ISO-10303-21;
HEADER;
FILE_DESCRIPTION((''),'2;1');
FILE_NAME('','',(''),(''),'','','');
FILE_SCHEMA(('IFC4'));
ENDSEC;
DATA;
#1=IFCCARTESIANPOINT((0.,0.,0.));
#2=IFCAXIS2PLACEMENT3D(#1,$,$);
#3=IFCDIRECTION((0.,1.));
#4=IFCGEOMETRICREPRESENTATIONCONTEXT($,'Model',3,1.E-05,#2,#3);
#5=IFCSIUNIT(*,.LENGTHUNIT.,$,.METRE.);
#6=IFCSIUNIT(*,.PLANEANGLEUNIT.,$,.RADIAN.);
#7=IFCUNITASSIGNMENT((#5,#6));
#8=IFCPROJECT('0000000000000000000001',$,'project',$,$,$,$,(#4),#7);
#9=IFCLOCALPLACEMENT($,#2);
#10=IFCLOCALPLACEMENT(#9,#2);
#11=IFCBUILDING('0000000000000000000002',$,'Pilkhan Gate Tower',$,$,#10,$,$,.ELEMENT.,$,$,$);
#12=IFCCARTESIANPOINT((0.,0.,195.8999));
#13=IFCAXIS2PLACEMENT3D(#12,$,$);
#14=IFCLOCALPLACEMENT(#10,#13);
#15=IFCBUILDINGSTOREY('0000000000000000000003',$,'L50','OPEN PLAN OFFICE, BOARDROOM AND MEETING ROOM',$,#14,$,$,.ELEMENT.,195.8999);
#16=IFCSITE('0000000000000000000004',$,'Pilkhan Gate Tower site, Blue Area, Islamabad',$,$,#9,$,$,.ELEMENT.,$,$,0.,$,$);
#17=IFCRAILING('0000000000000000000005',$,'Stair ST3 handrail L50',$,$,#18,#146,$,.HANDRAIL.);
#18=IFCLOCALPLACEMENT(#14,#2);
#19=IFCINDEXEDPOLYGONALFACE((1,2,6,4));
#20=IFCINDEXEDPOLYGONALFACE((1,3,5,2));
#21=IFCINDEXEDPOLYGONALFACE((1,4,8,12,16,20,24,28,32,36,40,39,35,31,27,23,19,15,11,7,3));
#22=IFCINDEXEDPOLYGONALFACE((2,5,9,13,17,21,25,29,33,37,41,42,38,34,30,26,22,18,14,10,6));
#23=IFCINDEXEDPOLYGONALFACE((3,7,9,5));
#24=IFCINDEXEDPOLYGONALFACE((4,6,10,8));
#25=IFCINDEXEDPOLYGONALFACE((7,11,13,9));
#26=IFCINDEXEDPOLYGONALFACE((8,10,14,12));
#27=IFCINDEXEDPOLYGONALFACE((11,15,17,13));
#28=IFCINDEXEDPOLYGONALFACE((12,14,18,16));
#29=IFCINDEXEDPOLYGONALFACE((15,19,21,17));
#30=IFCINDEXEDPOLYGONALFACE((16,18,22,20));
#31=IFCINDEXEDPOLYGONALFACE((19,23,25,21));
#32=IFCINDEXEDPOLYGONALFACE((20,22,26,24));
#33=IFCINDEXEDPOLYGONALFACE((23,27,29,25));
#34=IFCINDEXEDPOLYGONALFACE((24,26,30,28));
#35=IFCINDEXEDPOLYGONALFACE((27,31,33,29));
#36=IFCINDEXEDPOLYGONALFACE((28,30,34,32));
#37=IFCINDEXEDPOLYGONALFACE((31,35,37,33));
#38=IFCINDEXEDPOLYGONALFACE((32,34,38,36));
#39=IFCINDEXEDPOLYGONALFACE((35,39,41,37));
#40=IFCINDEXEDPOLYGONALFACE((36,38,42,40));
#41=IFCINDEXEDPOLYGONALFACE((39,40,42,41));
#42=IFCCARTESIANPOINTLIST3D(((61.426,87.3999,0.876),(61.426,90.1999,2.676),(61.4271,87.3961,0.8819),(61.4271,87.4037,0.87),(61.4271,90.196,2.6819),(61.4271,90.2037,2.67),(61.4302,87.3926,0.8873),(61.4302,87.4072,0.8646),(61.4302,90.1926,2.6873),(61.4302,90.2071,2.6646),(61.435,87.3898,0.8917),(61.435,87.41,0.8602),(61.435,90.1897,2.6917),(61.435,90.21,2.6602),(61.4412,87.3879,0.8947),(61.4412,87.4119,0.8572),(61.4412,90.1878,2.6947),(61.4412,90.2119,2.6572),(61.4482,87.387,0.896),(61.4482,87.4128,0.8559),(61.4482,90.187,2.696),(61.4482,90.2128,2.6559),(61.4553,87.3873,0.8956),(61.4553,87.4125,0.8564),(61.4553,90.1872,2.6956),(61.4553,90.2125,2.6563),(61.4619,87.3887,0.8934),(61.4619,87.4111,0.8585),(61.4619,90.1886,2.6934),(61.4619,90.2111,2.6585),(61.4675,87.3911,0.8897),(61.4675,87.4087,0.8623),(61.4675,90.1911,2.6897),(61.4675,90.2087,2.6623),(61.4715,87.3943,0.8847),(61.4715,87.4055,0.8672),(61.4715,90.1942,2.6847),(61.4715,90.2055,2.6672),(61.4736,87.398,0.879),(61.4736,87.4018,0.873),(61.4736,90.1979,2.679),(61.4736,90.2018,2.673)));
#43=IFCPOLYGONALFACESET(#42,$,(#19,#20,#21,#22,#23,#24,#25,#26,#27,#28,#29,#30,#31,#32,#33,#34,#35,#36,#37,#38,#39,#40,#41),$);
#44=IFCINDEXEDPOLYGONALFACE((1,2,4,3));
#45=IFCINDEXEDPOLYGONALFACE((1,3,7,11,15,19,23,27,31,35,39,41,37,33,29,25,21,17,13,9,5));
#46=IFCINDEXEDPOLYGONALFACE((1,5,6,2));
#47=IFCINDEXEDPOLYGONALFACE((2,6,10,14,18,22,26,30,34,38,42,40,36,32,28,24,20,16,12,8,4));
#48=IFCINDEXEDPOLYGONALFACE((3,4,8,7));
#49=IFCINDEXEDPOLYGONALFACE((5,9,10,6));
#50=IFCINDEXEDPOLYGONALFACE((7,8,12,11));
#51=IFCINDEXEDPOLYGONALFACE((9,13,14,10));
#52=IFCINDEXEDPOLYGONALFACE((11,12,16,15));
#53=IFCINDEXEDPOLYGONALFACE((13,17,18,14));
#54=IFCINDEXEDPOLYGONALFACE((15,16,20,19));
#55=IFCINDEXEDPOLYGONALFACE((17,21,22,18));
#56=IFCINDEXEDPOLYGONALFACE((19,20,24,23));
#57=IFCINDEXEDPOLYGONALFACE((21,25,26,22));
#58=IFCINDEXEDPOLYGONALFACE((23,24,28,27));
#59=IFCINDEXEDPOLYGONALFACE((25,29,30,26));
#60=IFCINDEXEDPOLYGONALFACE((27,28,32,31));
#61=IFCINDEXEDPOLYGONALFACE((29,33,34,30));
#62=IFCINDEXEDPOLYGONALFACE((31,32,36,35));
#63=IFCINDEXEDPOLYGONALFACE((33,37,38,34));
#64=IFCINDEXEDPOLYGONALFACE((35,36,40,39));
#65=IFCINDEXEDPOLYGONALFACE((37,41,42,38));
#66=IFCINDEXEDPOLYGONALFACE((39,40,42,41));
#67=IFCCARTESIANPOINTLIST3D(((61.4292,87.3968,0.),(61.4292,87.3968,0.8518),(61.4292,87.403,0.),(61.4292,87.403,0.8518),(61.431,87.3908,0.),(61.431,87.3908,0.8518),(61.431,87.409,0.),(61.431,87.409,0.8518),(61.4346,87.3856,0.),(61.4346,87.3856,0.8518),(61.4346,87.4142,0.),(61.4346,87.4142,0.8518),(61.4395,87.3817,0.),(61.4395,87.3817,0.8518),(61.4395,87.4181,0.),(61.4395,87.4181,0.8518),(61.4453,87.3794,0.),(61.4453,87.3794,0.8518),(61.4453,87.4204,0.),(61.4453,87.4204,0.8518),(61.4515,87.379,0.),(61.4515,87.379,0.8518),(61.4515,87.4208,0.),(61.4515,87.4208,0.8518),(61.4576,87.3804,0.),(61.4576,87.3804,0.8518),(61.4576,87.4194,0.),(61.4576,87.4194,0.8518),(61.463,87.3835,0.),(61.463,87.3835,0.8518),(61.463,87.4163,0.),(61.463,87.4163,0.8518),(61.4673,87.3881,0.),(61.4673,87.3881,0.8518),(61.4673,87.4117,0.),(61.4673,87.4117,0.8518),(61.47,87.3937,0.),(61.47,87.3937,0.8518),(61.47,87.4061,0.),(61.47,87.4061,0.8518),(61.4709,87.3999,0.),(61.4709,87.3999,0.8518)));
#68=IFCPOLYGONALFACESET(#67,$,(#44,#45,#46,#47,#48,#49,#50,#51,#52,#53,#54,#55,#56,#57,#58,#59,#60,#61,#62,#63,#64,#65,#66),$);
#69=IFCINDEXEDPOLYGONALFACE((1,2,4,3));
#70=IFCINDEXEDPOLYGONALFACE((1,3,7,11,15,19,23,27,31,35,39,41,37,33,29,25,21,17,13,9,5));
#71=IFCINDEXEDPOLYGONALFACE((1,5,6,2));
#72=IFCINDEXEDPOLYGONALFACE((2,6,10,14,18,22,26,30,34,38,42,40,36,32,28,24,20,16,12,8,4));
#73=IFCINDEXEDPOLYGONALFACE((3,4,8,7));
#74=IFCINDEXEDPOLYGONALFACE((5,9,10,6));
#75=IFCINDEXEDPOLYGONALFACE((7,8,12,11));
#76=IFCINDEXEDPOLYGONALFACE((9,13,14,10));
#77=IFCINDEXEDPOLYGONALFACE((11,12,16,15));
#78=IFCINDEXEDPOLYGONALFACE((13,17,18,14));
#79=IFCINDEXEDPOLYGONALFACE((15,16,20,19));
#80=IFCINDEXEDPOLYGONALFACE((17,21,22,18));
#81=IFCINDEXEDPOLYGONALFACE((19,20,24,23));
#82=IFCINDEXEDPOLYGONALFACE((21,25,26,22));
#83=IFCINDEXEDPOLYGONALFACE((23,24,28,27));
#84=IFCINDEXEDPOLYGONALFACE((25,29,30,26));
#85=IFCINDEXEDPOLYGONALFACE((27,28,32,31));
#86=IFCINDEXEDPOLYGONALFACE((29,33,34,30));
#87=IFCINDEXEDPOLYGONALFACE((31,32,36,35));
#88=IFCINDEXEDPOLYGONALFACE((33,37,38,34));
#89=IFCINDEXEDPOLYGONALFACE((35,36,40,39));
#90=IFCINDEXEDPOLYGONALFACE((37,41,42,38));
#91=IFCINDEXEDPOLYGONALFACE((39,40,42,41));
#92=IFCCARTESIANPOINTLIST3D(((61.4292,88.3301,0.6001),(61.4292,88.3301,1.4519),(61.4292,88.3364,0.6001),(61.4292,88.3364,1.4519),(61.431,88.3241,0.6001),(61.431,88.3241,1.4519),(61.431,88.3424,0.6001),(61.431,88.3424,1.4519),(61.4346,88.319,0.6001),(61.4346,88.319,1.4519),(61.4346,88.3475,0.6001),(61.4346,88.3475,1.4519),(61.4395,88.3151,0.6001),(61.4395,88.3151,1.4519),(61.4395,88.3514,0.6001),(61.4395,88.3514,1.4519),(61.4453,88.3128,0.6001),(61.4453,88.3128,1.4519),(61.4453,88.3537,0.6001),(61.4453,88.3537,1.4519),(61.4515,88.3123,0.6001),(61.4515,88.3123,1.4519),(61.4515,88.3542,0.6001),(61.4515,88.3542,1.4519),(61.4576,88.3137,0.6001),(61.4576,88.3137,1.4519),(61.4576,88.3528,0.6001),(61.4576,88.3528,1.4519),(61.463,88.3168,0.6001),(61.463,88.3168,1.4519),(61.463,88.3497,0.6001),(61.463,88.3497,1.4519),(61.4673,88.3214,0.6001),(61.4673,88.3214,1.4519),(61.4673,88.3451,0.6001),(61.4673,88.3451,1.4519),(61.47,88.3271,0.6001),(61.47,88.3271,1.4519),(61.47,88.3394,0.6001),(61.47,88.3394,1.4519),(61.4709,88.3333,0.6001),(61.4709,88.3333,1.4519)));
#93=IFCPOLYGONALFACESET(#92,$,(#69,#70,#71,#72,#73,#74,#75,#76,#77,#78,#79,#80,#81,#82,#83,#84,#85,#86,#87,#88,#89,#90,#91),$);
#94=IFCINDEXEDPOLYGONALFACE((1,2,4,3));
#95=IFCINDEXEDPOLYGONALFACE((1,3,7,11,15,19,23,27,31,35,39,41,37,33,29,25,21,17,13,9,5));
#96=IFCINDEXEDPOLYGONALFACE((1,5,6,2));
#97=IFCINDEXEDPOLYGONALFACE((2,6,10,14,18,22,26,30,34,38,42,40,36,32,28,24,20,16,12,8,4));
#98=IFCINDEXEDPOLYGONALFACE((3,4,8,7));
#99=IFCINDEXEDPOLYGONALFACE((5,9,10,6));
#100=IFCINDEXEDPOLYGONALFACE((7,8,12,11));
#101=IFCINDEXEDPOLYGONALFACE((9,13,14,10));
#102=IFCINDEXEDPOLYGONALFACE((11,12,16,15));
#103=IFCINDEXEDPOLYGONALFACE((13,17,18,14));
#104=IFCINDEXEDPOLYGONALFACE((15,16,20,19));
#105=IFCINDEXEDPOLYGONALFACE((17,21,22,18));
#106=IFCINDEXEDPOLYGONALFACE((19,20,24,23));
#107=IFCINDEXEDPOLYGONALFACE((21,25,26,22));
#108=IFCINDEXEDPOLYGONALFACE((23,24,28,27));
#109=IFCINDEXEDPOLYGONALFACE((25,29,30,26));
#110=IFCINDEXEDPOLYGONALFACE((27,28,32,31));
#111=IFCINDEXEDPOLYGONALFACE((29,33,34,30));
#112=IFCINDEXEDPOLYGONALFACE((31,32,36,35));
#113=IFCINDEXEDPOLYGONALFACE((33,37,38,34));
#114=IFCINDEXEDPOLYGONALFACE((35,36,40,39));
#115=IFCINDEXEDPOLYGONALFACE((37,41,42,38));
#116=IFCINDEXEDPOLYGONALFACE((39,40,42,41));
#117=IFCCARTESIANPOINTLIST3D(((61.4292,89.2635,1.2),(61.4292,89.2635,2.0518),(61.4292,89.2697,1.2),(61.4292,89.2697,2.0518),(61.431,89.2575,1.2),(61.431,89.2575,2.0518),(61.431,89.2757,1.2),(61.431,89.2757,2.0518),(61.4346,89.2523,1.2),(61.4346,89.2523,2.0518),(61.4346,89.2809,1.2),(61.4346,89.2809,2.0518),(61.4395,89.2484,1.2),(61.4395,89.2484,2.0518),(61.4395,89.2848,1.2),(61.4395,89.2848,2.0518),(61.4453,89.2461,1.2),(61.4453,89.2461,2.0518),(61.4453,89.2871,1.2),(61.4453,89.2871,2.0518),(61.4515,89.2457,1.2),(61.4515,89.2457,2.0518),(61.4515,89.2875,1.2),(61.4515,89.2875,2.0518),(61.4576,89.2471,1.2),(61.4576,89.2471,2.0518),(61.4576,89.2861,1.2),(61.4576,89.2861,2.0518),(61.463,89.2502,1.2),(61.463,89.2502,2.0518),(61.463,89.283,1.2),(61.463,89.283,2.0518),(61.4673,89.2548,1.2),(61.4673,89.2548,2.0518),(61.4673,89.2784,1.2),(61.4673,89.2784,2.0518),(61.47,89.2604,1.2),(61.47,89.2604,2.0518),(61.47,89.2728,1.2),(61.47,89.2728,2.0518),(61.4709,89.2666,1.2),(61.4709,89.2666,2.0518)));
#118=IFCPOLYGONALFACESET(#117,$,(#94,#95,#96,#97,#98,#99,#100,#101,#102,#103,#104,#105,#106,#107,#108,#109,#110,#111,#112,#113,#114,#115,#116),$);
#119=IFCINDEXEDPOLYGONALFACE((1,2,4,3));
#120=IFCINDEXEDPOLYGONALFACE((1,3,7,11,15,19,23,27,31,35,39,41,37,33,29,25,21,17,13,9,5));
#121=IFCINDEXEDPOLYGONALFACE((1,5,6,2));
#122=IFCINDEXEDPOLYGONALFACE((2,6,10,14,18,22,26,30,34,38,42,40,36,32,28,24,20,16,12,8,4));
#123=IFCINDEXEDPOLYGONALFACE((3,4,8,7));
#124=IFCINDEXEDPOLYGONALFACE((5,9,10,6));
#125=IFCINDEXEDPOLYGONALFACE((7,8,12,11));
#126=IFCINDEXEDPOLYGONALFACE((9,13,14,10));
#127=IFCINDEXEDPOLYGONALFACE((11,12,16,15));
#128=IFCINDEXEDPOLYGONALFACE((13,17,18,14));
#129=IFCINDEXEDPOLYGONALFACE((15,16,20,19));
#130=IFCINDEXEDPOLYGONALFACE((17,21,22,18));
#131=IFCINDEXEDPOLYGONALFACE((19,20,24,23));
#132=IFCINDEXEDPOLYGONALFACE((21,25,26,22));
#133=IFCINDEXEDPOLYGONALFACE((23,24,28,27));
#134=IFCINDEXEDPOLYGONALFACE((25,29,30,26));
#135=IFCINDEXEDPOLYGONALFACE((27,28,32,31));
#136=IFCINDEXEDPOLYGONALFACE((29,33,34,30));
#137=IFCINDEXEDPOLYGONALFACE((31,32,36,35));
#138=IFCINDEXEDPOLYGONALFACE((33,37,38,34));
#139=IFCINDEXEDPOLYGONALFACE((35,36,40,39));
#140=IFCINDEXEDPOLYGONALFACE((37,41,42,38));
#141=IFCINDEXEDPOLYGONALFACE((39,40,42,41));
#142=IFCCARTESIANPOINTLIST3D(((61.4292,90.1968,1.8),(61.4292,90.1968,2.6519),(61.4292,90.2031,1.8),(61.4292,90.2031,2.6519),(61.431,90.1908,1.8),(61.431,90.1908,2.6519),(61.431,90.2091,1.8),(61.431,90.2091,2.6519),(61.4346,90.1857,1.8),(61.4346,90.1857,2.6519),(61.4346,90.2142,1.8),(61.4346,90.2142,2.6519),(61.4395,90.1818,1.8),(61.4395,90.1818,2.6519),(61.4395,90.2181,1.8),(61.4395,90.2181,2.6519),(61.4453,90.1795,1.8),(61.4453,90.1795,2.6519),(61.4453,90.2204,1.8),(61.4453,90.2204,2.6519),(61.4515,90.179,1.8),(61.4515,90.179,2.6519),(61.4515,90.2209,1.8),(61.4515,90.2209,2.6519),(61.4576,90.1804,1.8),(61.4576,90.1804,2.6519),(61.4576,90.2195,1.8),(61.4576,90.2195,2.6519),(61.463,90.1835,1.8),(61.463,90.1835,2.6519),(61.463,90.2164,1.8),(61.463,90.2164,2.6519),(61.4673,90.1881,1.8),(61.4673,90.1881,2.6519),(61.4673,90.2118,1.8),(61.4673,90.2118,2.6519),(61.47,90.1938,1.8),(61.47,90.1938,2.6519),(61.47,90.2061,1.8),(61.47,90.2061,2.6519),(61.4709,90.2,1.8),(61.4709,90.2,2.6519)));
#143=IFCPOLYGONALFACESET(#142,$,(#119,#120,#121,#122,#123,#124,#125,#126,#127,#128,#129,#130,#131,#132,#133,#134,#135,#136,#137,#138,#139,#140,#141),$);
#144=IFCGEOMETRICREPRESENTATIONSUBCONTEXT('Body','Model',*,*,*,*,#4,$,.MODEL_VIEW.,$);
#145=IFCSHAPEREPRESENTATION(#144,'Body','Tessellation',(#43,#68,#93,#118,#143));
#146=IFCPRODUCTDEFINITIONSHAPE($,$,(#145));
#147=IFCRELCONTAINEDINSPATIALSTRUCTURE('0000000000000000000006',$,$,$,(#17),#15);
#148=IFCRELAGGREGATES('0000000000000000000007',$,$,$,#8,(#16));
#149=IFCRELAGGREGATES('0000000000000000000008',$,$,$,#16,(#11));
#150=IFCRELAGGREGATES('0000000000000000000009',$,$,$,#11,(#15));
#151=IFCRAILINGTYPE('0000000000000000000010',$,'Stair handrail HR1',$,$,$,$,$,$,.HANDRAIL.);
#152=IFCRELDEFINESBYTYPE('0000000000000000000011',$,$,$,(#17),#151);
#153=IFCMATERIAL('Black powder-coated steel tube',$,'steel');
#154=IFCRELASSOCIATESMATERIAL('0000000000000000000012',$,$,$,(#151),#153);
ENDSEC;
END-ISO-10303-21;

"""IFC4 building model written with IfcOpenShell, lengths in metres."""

from ifc_helpers import new_model, si_unit, direction, frame, origin, origin_2d, place, context, subcontext, project, spatial, circle, extrude, material, type_object, element, save


model = new_model("IFC4")

# Units and contexts
model_context = context("Model", 3, precision=1e-05, world=origin(), true_north=direction((0.0, 1.0)))
body_context = subcontext(model_context, "Body", "Model", "MODEL_VIEW")
ifc_project = project(units=[si_unit("LENGTHUNIT", "METRE"), si_unit("PLANEANGLEUNIT", "RADIAN")], contexts=[model_context])

# Site, building, storey
site_placement = place(None, origin())
site = spatial("IfcSite", under=ifc_project, at=site_placement, Name="Pilkhan Gate Tower site, Blue Area, Islamabad", CompositionType="ELEMENT", RefElevation=0.0)
building_placement = place(site_placement, origin())
building = spatial("IfcBuilding", under=site, at=building_placement, Name="Pilkhan Gate Tower", CompositionType="ELEMENT")
storey_placement = place(building_placement, frame((0.0, 0.0, 195.8999)))
storey = spatial("IfcBuildingStorey", under=building, at=storey_placement, Name="L50", Description="OPEN PLAN OFFICE, BOARDROOM AND MEETING ROOM", CompositionType="ELEMENT", Elevation=195.8999)

# Railing
ifc_material_1 = material(Name="Black powder-coated steel tube", Category="steel")
railing_type_1 = type_object("IfcRailingType", Name="Stair handrail HR1", PredefinedType="HANDRAIL", material=ifc_material_1)
railing_1_placement = place(storey_placement, frame((61.45, 87.3999, 0.0)))
element("IfcRailing", 1, at=railing_1_placement, inside=storey, type_object=railing_type_1, Name="Stair ST3 handrail L50", PredefinedType="HANDRAIL", context=body_context, shape_type="SweptSolid", body=[
    extrude(circle(Radius=0.0239, at=origin_2d()), frame((0.0, 0.0, 0.876), z_axis=(0.0, 0.841176, 0.540761), x_axis=(-1.0, 0.0, 0.0)), (0.0, 0.0, 1.0), 3.3286),
    extrude(circle(Radius=0.021, at=origin_2d()), origin(), (0.0, 0.0, 1.0), 0.8518),
    extrude(circle(Radius=0.021, at=origin_2d()), frame((0.0, 0.9333, 0.6001)), (0.0, 0.0, 1.0), 0.8518),
    extrude(circle(Radius=0.021, at=origin_2d()), frame((0.0, 1.8667, 1.2)), (0.0, 0.0, 1.0), 0.8518),
    extrude(circle(Radius=0.021, at=origin_2d()), frame((0.0, 2.8, 1.8)), (0.0, 0.0, 1.0), 0.8518),
])

save(model, "model.ifc")
